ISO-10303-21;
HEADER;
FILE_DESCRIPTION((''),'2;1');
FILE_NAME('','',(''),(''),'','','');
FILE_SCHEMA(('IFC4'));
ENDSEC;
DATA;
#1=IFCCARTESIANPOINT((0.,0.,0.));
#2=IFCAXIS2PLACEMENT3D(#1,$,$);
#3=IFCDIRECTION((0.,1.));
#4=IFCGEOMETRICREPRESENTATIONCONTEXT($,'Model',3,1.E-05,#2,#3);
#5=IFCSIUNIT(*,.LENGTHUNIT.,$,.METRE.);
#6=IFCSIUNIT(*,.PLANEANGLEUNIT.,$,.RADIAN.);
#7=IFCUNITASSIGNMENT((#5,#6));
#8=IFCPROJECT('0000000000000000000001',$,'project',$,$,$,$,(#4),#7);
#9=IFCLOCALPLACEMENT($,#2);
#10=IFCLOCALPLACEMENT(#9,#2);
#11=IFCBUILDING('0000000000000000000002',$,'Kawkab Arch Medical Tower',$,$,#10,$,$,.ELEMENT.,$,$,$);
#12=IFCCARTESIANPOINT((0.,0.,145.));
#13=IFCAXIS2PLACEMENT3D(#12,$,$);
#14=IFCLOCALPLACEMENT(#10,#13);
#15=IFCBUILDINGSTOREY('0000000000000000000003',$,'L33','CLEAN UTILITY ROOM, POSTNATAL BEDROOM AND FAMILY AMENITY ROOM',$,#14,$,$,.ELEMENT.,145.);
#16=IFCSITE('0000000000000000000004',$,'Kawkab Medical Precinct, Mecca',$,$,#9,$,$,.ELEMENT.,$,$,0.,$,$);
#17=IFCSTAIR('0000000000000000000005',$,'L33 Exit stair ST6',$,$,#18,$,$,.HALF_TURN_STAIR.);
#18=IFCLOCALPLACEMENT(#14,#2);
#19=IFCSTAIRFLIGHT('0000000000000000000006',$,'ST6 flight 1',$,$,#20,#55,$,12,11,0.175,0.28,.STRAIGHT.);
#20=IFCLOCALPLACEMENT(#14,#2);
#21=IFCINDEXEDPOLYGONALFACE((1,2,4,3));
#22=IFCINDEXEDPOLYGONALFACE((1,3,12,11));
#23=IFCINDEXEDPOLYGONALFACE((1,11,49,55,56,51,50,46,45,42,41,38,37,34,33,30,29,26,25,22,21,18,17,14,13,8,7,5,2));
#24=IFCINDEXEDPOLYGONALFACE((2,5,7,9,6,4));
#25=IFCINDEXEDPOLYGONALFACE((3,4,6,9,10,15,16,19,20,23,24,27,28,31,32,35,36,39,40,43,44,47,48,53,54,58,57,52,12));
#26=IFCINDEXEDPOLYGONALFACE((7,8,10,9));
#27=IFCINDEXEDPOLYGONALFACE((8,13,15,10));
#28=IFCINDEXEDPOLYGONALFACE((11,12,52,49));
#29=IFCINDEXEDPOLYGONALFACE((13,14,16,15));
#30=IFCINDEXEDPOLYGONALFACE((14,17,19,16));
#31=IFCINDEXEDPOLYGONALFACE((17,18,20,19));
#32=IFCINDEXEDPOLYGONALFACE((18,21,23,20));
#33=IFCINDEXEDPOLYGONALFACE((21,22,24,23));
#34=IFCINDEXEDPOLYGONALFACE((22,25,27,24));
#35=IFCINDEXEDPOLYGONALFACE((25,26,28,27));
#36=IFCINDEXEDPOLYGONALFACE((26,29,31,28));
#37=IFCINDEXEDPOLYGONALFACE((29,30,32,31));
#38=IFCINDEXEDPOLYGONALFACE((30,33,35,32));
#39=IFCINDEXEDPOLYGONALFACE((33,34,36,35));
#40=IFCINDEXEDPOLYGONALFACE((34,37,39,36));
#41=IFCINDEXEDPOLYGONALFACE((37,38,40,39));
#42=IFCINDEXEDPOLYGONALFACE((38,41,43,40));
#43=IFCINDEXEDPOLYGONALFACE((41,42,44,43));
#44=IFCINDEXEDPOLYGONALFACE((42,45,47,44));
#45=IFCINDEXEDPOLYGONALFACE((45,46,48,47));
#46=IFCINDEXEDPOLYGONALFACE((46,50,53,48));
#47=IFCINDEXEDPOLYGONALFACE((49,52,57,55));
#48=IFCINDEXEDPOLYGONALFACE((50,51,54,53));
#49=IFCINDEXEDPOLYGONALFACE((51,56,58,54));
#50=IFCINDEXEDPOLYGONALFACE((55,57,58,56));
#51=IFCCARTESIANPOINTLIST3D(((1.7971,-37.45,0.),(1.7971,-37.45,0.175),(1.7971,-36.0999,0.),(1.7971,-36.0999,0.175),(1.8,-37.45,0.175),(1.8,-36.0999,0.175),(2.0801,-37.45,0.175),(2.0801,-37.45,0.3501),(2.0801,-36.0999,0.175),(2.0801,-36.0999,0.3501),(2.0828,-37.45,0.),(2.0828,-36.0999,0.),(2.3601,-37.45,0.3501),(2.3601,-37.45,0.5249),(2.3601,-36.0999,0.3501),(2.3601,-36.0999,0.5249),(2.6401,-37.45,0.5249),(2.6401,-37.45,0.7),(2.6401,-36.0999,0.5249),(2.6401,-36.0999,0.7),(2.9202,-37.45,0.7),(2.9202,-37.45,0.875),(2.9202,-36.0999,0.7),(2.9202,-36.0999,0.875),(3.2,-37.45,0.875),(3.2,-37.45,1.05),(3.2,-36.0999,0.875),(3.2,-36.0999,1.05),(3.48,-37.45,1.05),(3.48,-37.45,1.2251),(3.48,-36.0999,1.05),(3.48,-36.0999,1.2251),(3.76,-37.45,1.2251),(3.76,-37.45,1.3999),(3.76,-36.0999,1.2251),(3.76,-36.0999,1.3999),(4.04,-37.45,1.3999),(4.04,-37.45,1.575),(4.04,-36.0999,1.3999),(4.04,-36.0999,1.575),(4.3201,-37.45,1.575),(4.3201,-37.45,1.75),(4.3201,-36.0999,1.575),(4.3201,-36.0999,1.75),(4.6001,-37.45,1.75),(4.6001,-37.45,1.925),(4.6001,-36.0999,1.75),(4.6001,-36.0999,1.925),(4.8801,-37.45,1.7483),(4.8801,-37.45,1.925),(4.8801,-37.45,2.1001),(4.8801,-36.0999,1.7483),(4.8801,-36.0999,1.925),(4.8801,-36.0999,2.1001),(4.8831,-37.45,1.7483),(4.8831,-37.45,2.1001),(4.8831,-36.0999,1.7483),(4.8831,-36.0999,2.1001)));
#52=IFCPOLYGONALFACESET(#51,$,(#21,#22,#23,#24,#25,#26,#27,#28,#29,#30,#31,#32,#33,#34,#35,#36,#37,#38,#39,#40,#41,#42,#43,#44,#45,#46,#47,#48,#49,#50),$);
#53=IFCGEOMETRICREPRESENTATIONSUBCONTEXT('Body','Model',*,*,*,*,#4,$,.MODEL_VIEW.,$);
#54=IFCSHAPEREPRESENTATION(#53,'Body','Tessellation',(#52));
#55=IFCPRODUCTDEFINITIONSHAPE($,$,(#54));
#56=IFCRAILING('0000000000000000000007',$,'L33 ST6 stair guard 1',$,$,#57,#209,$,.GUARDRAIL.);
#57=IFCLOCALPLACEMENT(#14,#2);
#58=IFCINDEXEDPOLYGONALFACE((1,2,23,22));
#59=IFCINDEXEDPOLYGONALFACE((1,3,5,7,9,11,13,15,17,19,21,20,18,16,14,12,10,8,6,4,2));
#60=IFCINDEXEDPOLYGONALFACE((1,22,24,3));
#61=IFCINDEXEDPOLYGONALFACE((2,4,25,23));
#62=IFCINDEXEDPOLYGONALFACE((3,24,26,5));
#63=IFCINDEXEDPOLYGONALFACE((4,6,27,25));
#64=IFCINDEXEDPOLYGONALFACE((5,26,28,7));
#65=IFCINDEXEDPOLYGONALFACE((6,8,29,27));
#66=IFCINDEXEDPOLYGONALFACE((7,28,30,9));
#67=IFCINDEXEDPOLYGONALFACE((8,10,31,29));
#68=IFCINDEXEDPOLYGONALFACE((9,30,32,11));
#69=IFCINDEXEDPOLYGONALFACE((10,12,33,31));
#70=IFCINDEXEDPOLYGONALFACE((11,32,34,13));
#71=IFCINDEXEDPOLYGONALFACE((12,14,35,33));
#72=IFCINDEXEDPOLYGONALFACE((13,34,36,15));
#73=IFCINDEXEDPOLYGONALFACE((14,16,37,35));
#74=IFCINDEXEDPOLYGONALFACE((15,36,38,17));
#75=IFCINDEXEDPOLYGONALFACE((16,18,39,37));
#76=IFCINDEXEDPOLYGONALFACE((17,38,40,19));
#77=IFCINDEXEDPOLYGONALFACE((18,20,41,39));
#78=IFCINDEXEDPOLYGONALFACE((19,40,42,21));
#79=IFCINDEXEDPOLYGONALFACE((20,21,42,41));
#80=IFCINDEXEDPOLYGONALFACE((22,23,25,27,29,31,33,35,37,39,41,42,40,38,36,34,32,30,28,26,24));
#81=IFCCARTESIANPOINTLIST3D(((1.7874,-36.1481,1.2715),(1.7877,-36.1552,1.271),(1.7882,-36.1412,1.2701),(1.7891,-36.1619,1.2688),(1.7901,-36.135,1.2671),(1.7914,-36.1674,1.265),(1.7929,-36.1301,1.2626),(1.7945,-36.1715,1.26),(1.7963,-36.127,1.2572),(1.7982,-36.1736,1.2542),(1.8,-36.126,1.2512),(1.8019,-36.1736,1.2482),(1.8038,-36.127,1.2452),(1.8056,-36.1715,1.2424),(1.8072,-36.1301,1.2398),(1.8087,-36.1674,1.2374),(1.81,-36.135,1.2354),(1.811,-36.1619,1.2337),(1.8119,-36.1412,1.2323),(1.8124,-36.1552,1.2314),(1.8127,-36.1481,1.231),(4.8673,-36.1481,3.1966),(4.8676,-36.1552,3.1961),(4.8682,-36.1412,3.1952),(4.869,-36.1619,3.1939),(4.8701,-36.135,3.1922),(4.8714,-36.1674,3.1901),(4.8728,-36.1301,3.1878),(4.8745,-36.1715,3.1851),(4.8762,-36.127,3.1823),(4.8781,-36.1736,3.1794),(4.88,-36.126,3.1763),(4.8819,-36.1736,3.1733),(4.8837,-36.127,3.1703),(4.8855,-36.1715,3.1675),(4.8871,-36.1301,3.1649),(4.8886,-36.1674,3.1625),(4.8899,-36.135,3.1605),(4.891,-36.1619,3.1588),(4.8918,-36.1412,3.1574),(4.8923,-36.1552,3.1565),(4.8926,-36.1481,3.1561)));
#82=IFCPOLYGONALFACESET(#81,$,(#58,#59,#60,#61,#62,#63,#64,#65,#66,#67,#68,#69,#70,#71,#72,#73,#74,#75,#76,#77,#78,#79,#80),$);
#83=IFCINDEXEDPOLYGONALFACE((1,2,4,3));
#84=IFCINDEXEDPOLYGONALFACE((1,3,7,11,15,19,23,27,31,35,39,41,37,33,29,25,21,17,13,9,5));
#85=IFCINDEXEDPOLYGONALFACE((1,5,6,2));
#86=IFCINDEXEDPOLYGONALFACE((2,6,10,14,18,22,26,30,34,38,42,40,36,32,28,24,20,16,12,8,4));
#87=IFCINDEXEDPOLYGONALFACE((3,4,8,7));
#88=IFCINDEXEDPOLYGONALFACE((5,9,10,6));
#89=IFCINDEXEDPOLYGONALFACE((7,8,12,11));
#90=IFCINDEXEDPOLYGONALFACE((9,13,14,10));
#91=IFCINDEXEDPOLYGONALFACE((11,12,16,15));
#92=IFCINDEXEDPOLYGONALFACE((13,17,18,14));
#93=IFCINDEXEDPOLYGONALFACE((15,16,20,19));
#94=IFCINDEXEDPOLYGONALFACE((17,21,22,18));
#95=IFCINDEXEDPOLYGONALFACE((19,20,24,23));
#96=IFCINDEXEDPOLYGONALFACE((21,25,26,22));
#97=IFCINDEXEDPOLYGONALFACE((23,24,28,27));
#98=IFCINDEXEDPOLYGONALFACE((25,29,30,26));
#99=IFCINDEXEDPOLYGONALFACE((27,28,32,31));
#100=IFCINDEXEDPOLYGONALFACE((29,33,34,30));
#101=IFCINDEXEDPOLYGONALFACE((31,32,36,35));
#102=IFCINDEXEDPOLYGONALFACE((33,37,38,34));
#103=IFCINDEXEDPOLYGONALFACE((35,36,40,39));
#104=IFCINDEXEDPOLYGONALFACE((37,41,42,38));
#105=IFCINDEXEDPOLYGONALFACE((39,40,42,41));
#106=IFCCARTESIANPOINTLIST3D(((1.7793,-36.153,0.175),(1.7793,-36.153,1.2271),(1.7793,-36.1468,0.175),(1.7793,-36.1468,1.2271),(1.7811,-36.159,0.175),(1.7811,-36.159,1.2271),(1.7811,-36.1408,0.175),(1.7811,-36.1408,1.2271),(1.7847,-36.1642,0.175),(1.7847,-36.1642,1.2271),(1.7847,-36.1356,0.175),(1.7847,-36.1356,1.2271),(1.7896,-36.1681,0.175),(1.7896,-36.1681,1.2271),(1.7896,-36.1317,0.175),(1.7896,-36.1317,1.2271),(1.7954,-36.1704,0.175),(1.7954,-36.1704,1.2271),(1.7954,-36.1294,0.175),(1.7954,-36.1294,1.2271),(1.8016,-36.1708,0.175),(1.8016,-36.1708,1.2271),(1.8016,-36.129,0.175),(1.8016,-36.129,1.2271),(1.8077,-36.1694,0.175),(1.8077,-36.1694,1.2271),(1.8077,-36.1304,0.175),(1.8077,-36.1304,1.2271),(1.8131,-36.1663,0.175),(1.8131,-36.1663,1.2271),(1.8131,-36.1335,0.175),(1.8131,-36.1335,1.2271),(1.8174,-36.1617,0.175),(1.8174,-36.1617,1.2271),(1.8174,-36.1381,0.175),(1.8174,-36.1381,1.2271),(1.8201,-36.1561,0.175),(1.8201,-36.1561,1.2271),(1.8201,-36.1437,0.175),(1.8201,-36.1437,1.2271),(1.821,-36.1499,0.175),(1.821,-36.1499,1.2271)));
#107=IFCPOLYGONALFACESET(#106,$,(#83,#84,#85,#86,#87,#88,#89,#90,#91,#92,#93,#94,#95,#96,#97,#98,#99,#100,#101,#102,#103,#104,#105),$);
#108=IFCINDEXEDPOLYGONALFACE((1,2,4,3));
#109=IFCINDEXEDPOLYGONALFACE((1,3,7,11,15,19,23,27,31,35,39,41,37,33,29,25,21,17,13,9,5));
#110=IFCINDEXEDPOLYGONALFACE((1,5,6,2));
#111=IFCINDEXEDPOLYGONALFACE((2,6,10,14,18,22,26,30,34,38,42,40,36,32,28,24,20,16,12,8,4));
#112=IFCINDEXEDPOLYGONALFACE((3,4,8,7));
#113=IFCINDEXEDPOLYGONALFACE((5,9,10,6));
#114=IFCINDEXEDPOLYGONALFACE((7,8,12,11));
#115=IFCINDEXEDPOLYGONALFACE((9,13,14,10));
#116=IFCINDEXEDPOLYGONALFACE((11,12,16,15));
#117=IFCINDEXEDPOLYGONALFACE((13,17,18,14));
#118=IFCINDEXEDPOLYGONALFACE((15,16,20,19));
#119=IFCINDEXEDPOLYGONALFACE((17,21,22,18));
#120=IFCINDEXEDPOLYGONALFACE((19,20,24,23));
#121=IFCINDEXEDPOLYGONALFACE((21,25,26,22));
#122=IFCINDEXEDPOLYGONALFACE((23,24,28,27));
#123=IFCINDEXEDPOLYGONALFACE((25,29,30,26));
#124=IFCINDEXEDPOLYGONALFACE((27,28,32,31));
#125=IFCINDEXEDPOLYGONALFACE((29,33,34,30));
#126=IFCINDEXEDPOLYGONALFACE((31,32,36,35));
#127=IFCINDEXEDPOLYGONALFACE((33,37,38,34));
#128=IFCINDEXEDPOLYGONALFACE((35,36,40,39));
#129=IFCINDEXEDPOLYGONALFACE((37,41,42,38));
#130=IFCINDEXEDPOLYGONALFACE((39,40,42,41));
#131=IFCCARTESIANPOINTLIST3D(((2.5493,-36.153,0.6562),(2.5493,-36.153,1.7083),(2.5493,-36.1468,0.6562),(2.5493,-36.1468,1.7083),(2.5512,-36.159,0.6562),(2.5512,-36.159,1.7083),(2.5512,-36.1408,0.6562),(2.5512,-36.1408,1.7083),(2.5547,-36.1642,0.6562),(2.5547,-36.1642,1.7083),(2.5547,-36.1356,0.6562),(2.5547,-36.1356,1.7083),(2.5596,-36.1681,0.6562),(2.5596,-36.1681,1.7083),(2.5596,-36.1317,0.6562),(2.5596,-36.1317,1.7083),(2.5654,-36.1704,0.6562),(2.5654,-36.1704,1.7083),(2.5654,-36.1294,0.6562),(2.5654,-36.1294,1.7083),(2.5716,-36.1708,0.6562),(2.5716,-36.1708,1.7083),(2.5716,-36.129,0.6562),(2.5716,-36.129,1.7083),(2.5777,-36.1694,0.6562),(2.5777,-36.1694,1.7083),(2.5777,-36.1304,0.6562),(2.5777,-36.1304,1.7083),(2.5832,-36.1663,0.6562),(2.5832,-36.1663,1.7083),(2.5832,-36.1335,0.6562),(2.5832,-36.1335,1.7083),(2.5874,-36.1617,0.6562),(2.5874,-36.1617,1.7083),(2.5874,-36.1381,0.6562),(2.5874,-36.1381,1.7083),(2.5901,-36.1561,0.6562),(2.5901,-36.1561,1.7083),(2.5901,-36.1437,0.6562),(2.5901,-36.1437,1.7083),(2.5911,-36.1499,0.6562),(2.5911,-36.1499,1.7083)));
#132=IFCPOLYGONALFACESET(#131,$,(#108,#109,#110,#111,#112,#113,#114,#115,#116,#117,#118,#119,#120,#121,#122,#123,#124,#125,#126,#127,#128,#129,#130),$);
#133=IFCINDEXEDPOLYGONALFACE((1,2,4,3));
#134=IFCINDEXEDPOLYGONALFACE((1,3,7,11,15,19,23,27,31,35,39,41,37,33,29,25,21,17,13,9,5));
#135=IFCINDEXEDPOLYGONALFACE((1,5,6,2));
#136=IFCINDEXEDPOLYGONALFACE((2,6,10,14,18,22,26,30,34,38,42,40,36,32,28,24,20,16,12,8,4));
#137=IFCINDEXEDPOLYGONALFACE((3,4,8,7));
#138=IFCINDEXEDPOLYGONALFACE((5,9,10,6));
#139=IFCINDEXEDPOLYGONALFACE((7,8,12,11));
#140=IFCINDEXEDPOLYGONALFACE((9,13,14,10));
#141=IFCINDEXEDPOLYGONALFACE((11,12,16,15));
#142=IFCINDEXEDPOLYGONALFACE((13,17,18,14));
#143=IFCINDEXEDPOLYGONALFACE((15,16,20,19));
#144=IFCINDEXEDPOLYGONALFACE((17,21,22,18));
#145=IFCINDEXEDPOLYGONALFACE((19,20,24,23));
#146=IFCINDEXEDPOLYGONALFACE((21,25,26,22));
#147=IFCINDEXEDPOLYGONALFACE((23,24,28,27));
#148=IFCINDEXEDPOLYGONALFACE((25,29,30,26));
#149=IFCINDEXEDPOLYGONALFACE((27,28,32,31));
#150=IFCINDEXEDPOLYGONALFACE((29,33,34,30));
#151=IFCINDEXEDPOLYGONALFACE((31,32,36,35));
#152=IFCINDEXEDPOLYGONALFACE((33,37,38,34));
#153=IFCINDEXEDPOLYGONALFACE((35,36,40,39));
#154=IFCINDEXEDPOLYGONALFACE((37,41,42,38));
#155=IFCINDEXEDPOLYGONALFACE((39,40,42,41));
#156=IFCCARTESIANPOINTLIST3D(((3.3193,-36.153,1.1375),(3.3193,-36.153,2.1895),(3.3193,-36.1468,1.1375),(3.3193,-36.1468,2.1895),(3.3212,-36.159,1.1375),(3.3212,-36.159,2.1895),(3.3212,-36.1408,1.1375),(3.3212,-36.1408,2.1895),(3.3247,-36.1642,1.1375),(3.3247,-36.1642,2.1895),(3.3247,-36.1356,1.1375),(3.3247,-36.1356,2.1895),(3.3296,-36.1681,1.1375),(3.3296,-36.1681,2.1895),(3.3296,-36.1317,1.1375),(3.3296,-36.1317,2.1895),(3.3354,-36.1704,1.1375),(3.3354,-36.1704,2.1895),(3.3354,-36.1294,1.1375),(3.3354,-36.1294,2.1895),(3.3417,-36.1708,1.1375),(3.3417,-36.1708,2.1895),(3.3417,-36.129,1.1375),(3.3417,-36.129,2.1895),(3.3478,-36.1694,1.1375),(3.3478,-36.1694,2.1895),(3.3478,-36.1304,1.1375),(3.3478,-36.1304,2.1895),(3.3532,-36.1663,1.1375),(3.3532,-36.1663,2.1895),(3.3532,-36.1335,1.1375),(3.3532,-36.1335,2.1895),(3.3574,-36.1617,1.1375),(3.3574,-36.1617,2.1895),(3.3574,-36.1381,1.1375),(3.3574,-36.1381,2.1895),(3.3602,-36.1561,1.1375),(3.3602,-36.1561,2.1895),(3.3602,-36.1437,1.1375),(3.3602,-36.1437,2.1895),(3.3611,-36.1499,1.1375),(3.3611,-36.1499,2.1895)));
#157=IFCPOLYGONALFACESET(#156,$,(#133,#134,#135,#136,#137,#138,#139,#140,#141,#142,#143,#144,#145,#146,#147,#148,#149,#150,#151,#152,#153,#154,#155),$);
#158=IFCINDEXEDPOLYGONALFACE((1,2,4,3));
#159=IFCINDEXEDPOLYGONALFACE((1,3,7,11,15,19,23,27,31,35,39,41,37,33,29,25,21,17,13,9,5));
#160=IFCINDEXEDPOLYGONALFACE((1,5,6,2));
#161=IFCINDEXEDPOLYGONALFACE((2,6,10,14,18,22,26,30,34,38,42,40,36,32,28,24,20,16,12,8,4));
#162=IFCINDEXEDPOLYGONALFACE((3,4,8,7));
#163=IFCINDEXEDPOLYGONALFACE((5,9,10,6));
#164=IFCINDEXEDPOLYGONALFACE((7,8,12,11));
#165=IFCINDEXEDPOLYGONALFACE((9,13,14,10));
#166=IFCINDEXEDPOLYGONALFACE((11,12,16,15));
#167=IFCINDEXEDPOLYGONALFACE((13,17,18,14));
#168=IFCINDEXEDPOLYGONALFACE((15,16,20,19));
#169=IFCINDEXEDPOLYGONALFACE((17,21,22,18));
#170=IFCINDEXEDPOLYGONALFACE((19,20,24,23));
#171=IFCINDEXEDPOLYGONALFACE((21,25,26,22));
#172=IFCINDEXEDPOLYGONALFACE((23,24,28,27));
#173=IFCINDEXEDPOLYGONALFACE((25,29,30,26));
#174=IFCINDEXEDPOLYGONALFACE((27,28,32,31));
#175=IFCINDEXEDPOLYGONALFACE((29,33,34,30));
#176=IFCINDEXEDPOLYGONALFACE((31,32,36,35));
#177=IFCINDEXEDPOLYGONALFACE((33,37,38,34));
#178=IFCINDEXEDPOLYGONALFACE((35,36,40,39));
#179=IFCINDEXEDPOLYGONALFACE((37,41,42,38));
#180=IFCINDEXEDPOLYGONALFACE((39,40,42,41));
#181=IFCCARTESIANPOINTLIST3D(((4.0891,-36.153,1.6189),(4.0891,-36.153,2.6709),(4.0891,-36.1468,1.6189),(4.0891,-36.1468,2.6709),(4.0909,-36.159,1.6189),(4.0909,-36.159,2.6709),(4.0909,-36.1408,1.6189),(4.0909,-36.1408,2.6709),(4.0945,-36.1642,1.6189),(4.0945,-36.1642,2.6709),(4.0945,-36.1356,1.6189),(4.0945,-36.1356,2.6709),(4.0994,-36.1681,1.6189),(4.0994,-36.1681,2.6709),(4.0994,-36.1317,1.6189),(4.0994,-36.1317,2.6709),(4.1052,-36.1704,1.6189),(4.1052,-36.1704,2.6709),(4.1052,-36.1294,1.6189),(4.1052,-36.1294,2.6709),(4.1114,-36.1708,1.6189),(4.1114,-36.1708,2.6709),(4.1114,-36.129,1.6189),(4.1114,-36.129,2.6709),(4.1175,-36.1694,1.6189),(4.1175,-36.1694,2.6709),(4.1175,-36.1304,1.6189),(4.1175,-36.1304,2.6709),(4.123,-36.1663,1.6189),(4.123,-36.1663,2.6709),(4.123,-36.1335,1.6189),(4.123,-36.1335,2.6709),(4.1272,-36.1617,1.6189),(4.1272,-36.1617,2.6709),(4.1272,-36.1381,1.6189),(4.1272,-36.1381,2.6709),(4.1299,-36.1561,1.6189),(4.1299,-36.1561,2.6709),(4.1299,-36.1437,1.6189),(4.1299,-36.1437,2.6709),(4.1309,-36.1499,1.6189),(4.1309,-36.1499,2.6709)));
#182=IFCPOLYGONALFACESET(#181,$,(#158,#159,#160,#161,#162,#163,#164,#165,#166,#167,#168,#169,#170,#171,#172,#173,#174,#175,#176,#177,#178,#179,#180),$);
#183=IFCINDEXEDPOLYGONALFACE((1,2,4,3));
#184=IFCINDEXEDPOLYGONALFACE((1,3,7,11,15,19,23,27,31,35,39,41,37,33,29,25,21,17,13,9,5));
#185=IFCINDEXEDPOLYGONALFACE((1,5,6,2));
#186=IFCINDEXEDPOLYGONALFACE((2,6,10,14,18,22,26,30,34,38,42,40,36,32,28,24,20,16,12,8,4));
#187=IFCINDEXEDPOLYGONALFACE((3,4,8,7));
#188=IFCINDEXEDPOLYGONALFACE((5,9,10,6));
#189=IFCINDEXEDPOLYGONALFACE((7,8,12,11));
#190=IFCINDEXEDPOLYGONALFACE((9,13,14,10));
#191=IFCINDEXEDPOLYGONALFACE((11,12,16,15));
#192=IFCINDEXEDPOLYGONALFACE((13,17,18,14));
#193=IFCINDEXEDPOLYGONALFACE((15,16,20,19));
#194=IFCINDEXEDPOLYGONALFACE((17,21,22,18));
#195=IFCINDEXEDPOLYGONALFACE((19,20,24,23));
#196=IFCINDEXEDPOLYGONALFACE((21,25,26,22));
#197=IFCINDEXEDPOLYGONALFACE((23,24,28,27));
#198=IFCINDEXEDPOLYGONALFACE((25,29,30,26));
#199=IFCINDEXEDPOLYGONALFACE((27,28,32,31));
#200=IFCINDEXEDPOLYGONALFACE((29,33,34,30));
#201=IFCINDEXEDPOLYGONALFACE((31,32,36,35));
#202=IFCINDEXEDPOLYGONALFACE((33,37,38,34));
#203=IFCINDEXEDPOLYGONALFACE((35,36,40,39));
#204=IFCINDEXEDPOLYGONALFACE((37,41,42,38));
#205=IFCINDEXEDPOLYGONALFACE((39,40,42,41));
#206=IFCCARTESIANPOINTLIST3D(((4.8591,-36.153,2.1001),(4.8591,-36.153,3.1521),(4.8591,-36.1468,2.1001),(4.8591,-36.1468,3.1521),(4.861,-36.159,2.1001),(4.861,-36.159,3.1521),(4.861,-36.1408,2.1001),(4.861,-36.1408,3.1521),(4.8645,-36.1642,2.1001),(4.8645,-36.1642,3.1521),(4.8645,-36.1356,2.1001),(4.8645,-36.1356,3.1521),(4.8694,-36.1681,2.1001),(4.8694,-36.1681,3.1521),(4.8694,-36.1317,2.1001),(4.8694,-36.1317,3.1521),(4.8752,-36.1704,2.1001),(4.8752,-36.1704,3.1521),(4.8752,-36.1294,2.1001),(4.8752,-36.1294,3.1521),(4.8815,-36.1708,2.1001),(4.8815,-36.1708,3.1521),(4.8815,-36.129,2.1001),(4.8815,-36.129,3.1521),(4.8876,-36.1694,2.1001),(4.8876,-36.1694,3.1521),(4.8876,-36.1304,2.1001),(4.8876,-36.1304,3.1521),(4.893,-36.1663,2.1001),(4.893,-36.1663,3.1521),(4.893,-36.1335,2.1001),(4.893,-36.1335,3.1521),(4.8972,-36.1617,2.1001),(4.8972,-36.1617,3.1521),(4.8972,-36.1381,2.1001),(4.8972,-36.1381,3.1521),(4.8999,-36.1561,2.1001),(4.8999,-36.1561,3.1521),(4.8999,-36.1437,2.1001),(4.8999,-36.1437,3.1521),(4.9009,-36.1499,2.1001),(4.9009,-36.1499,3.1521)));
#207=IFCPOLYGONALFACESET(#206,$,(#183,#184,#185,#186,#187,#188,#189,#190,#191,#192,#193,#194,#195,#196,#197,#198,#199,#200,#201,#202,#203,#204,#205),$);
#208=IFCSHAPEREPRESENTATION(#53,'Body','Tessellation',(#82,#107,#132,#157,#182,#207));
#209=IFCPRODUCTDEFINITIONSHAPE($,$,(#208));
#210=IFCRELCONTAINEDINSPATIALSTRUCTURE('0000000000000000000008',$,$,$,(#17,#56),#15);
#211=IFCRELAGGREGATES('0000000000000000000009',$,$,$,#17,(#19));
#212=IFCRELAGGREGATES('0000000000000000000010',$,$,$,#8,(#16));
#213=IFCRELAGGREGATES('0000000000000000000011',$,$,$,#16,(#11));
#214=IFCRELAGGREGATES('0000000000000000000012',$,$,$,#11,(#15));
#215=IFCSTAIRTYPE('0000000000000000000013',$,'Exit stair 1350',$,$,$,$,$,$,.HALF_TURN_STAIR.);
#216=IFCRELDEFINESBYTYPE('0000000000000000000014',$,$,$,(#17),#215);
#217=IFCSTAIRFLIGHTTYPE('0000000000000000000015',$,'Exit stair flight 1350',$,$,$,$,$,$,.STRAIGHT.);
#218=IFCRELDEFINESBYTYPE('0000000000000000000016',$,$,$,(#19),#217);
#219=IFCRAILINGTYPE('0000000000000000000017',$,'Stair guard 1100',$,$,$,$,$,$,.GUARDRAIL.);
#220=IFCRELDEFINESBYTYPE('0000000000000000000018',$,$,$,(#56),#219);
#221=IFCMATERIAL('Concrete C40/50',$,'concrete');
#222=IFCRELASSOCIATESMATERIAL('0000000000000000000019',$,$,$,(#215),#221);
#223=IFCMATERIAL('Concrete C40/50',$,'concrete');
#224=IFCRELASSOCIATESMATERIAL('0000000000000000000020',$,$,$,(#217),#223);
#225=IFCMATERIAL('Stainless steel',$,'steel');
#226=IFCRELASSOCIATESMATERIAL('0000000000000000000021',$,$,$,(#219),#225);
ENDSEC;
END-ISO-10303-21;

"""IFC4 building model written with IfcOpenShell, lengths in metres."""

from ifc_helpers import new_model, si_unit, direction, frame, origin, origin_2d, place, context, subcontext, project, spatial, polyline, circle, outline, extrude, material, type_object, element, aggregate, save


model = new_model("IFC4")

# Units and contexts
model_context = context("Model", 3, precision=1e-05, world=origin(), true_north=direction((0.0, 1.0)))
body_context = subcontext(model_context, "Body", "Model", "MODEL_VIEW")
ifc_project = project(units=[si_unit("LENGTHUNIT", "METRE"), si_unit("PLANEANGLEUNIT", "RADIAN")], contexts=[model_context])

# Site, building, storey
site_placement = place(None, origin())
site = spatial("IfcSite", under=ifc_project, at=site_placement, Name="Kawkab Medical Precinct, Mecca", CompositionType="ELEMENT", RefElevation=0.0)
building_placement = place(site_placement, origin())
building = spatial("IfcBuilding", under=site, at=building_placement, Name="Kawkab Arch Medical Tower", CompositionType="ELEMENT")
storey_placement = place(building_placement, frame((0.0, 0.0, 145.0)))
storey = spatial("IfcBuildingStorey", under=building, at=storey_placement, Name="L33", Description="CLEAN UTILITY ROOM, POSTNATAL BEDROOM AND FAMILY AMENITY ROOM", CompositionType="ELEMENT", Elevation=145.0)

# Stair, stair flight
ifc_material_1 = material(Name="Concrete C40/50", Category="concrete")
stair_type = type_object("IfcStairType", Name="Exit stair 1350", PredefinedType="HALF_TURN_STAIR", material=ifc_material_1)
stair_placement = place(storey_placement, origin())
stair = element("IfcStair", 1, at=stair_placement, inside=storey, type_object=stair_type, Name="L33 Exit stair ST6", PredefinedType="HALF_TURN_STAIR")
ifc_material_2 = material(Name="Concrete C40/50", Category="concrete")
stair_flight_type = type_object("IfcStairFlightType", Name="Exit stair flight 1350", PredefinedType="STRAIGHT", material=ifc_material_2)
stair_flight_placement = place(storey_placement, frame((1.8, -36.7749, 0.0), z_axis=(0.0, 0.0, 1.0), x_axis=(1.0, 0.0, 0.0)))
stair_flight = element("IfcStairFlight", 2, at=stair_flight_placement, type_object=stair_flight_type, Name="ST6 flight 1", NumberOfRisers=12, NumberOfTreads=11, PredefinedType="STRAIGHT", RiserHeight=0.175, TreadLength=0.28, context=body_context, shape_type="SweptSolid", body=[
    extrude(outline(polyline([(-0.0029, 0.0), (-0.0029, 0.175), (0.0, 0.175), (0.28, 0.175), (0.28, 0.3501), (0.5601, 0.3501), (0.5601, 0.5249), (0.8401, 0.5249), (0.8401, 0.7), (1.1201, 0.7), (1.1201, 0.875), (1.3999, 0.875), (1.3999, 1.05), (1.6799, 1.05), (1.6799, 1.2251), (1.96, 1.2251), (1.96, 1.3999), (2.24, 1.3999), (2.24, 1.575), (2.52, 1.575), (2.52, 1.75), (2.8, 1.75), (2.8, 1.925), (3.0801, 1.925), (3.0801, 2.1001), (3.083, 2.1001), (3.083, 1.7483), (3.0801, 1.7483), (0.2827, 0.0), (-0.0029, 0.0)])), frame((0.0, 0.675, 0.0), z_axis=(0.0, -1.0, 0.0), x_axis=(1.0, 0.0, 0.0)), (0.0, 0.0, 1.0), 1.3501),
])
aggregate(stair, [stair_flight])

# Railing
ifc_material_3 = material(Name="Stainless steel", Category="steel")
railing_type = type_object("IfcRailingType", Name="Stair guard 1100", PredefinedType="GUARDRAIL", material=ifc_material_3)
railing_1_placement = place(storey_placement, frame((1.8, -36.1499, 0.175)))
element("IfcRailing", 3, at=railing_1_placement, inside=storey, type_object=railing_type, Name="L33 ST6 stair guard 1", PredefinedType="GUARDRAIL", context=body_context, shape_type="SweptSolid", body=[
    extrude(circle(Radius=0.0239, at=origin_2d()), frame((0.0, 0.0, 1.0762), z_axis=(0.847979, 0.0, 0.530029), x_axis=(0.0, 1.0, 0.0)), (0.0, 0.0, 1.0), 3.6321),
    extrude(circle(Radius=0.021, at=origin_2d()), origin(), (0.0, 0.0, 1.0), 1.052),
    extrude(circle(Radius=0.021, at=origin_2d()), frame((0.77, 0.0, 0.4812)), (0.0, 0.0, 1.0), 1.052),
    extrude(circle(Radius=0.021, at=origin_2d()), frame((1.54, 0.0, 0.9624)), (0.0, 0.0, 1.0), 1.052),
    extrude(circle(Radius=0.021, at=origin_2d()), frame((2.3098, 0.0, 1.4438)), (0.0, 0.0, 1.0), 1.052),
    extrude(circle(Radius=0.021, at=origin_2d()), frame((3.0798, 0.0, 1.925)), (0.0, 0.0, 1.0), 1.052),
])

save(model, "model.ifc")
